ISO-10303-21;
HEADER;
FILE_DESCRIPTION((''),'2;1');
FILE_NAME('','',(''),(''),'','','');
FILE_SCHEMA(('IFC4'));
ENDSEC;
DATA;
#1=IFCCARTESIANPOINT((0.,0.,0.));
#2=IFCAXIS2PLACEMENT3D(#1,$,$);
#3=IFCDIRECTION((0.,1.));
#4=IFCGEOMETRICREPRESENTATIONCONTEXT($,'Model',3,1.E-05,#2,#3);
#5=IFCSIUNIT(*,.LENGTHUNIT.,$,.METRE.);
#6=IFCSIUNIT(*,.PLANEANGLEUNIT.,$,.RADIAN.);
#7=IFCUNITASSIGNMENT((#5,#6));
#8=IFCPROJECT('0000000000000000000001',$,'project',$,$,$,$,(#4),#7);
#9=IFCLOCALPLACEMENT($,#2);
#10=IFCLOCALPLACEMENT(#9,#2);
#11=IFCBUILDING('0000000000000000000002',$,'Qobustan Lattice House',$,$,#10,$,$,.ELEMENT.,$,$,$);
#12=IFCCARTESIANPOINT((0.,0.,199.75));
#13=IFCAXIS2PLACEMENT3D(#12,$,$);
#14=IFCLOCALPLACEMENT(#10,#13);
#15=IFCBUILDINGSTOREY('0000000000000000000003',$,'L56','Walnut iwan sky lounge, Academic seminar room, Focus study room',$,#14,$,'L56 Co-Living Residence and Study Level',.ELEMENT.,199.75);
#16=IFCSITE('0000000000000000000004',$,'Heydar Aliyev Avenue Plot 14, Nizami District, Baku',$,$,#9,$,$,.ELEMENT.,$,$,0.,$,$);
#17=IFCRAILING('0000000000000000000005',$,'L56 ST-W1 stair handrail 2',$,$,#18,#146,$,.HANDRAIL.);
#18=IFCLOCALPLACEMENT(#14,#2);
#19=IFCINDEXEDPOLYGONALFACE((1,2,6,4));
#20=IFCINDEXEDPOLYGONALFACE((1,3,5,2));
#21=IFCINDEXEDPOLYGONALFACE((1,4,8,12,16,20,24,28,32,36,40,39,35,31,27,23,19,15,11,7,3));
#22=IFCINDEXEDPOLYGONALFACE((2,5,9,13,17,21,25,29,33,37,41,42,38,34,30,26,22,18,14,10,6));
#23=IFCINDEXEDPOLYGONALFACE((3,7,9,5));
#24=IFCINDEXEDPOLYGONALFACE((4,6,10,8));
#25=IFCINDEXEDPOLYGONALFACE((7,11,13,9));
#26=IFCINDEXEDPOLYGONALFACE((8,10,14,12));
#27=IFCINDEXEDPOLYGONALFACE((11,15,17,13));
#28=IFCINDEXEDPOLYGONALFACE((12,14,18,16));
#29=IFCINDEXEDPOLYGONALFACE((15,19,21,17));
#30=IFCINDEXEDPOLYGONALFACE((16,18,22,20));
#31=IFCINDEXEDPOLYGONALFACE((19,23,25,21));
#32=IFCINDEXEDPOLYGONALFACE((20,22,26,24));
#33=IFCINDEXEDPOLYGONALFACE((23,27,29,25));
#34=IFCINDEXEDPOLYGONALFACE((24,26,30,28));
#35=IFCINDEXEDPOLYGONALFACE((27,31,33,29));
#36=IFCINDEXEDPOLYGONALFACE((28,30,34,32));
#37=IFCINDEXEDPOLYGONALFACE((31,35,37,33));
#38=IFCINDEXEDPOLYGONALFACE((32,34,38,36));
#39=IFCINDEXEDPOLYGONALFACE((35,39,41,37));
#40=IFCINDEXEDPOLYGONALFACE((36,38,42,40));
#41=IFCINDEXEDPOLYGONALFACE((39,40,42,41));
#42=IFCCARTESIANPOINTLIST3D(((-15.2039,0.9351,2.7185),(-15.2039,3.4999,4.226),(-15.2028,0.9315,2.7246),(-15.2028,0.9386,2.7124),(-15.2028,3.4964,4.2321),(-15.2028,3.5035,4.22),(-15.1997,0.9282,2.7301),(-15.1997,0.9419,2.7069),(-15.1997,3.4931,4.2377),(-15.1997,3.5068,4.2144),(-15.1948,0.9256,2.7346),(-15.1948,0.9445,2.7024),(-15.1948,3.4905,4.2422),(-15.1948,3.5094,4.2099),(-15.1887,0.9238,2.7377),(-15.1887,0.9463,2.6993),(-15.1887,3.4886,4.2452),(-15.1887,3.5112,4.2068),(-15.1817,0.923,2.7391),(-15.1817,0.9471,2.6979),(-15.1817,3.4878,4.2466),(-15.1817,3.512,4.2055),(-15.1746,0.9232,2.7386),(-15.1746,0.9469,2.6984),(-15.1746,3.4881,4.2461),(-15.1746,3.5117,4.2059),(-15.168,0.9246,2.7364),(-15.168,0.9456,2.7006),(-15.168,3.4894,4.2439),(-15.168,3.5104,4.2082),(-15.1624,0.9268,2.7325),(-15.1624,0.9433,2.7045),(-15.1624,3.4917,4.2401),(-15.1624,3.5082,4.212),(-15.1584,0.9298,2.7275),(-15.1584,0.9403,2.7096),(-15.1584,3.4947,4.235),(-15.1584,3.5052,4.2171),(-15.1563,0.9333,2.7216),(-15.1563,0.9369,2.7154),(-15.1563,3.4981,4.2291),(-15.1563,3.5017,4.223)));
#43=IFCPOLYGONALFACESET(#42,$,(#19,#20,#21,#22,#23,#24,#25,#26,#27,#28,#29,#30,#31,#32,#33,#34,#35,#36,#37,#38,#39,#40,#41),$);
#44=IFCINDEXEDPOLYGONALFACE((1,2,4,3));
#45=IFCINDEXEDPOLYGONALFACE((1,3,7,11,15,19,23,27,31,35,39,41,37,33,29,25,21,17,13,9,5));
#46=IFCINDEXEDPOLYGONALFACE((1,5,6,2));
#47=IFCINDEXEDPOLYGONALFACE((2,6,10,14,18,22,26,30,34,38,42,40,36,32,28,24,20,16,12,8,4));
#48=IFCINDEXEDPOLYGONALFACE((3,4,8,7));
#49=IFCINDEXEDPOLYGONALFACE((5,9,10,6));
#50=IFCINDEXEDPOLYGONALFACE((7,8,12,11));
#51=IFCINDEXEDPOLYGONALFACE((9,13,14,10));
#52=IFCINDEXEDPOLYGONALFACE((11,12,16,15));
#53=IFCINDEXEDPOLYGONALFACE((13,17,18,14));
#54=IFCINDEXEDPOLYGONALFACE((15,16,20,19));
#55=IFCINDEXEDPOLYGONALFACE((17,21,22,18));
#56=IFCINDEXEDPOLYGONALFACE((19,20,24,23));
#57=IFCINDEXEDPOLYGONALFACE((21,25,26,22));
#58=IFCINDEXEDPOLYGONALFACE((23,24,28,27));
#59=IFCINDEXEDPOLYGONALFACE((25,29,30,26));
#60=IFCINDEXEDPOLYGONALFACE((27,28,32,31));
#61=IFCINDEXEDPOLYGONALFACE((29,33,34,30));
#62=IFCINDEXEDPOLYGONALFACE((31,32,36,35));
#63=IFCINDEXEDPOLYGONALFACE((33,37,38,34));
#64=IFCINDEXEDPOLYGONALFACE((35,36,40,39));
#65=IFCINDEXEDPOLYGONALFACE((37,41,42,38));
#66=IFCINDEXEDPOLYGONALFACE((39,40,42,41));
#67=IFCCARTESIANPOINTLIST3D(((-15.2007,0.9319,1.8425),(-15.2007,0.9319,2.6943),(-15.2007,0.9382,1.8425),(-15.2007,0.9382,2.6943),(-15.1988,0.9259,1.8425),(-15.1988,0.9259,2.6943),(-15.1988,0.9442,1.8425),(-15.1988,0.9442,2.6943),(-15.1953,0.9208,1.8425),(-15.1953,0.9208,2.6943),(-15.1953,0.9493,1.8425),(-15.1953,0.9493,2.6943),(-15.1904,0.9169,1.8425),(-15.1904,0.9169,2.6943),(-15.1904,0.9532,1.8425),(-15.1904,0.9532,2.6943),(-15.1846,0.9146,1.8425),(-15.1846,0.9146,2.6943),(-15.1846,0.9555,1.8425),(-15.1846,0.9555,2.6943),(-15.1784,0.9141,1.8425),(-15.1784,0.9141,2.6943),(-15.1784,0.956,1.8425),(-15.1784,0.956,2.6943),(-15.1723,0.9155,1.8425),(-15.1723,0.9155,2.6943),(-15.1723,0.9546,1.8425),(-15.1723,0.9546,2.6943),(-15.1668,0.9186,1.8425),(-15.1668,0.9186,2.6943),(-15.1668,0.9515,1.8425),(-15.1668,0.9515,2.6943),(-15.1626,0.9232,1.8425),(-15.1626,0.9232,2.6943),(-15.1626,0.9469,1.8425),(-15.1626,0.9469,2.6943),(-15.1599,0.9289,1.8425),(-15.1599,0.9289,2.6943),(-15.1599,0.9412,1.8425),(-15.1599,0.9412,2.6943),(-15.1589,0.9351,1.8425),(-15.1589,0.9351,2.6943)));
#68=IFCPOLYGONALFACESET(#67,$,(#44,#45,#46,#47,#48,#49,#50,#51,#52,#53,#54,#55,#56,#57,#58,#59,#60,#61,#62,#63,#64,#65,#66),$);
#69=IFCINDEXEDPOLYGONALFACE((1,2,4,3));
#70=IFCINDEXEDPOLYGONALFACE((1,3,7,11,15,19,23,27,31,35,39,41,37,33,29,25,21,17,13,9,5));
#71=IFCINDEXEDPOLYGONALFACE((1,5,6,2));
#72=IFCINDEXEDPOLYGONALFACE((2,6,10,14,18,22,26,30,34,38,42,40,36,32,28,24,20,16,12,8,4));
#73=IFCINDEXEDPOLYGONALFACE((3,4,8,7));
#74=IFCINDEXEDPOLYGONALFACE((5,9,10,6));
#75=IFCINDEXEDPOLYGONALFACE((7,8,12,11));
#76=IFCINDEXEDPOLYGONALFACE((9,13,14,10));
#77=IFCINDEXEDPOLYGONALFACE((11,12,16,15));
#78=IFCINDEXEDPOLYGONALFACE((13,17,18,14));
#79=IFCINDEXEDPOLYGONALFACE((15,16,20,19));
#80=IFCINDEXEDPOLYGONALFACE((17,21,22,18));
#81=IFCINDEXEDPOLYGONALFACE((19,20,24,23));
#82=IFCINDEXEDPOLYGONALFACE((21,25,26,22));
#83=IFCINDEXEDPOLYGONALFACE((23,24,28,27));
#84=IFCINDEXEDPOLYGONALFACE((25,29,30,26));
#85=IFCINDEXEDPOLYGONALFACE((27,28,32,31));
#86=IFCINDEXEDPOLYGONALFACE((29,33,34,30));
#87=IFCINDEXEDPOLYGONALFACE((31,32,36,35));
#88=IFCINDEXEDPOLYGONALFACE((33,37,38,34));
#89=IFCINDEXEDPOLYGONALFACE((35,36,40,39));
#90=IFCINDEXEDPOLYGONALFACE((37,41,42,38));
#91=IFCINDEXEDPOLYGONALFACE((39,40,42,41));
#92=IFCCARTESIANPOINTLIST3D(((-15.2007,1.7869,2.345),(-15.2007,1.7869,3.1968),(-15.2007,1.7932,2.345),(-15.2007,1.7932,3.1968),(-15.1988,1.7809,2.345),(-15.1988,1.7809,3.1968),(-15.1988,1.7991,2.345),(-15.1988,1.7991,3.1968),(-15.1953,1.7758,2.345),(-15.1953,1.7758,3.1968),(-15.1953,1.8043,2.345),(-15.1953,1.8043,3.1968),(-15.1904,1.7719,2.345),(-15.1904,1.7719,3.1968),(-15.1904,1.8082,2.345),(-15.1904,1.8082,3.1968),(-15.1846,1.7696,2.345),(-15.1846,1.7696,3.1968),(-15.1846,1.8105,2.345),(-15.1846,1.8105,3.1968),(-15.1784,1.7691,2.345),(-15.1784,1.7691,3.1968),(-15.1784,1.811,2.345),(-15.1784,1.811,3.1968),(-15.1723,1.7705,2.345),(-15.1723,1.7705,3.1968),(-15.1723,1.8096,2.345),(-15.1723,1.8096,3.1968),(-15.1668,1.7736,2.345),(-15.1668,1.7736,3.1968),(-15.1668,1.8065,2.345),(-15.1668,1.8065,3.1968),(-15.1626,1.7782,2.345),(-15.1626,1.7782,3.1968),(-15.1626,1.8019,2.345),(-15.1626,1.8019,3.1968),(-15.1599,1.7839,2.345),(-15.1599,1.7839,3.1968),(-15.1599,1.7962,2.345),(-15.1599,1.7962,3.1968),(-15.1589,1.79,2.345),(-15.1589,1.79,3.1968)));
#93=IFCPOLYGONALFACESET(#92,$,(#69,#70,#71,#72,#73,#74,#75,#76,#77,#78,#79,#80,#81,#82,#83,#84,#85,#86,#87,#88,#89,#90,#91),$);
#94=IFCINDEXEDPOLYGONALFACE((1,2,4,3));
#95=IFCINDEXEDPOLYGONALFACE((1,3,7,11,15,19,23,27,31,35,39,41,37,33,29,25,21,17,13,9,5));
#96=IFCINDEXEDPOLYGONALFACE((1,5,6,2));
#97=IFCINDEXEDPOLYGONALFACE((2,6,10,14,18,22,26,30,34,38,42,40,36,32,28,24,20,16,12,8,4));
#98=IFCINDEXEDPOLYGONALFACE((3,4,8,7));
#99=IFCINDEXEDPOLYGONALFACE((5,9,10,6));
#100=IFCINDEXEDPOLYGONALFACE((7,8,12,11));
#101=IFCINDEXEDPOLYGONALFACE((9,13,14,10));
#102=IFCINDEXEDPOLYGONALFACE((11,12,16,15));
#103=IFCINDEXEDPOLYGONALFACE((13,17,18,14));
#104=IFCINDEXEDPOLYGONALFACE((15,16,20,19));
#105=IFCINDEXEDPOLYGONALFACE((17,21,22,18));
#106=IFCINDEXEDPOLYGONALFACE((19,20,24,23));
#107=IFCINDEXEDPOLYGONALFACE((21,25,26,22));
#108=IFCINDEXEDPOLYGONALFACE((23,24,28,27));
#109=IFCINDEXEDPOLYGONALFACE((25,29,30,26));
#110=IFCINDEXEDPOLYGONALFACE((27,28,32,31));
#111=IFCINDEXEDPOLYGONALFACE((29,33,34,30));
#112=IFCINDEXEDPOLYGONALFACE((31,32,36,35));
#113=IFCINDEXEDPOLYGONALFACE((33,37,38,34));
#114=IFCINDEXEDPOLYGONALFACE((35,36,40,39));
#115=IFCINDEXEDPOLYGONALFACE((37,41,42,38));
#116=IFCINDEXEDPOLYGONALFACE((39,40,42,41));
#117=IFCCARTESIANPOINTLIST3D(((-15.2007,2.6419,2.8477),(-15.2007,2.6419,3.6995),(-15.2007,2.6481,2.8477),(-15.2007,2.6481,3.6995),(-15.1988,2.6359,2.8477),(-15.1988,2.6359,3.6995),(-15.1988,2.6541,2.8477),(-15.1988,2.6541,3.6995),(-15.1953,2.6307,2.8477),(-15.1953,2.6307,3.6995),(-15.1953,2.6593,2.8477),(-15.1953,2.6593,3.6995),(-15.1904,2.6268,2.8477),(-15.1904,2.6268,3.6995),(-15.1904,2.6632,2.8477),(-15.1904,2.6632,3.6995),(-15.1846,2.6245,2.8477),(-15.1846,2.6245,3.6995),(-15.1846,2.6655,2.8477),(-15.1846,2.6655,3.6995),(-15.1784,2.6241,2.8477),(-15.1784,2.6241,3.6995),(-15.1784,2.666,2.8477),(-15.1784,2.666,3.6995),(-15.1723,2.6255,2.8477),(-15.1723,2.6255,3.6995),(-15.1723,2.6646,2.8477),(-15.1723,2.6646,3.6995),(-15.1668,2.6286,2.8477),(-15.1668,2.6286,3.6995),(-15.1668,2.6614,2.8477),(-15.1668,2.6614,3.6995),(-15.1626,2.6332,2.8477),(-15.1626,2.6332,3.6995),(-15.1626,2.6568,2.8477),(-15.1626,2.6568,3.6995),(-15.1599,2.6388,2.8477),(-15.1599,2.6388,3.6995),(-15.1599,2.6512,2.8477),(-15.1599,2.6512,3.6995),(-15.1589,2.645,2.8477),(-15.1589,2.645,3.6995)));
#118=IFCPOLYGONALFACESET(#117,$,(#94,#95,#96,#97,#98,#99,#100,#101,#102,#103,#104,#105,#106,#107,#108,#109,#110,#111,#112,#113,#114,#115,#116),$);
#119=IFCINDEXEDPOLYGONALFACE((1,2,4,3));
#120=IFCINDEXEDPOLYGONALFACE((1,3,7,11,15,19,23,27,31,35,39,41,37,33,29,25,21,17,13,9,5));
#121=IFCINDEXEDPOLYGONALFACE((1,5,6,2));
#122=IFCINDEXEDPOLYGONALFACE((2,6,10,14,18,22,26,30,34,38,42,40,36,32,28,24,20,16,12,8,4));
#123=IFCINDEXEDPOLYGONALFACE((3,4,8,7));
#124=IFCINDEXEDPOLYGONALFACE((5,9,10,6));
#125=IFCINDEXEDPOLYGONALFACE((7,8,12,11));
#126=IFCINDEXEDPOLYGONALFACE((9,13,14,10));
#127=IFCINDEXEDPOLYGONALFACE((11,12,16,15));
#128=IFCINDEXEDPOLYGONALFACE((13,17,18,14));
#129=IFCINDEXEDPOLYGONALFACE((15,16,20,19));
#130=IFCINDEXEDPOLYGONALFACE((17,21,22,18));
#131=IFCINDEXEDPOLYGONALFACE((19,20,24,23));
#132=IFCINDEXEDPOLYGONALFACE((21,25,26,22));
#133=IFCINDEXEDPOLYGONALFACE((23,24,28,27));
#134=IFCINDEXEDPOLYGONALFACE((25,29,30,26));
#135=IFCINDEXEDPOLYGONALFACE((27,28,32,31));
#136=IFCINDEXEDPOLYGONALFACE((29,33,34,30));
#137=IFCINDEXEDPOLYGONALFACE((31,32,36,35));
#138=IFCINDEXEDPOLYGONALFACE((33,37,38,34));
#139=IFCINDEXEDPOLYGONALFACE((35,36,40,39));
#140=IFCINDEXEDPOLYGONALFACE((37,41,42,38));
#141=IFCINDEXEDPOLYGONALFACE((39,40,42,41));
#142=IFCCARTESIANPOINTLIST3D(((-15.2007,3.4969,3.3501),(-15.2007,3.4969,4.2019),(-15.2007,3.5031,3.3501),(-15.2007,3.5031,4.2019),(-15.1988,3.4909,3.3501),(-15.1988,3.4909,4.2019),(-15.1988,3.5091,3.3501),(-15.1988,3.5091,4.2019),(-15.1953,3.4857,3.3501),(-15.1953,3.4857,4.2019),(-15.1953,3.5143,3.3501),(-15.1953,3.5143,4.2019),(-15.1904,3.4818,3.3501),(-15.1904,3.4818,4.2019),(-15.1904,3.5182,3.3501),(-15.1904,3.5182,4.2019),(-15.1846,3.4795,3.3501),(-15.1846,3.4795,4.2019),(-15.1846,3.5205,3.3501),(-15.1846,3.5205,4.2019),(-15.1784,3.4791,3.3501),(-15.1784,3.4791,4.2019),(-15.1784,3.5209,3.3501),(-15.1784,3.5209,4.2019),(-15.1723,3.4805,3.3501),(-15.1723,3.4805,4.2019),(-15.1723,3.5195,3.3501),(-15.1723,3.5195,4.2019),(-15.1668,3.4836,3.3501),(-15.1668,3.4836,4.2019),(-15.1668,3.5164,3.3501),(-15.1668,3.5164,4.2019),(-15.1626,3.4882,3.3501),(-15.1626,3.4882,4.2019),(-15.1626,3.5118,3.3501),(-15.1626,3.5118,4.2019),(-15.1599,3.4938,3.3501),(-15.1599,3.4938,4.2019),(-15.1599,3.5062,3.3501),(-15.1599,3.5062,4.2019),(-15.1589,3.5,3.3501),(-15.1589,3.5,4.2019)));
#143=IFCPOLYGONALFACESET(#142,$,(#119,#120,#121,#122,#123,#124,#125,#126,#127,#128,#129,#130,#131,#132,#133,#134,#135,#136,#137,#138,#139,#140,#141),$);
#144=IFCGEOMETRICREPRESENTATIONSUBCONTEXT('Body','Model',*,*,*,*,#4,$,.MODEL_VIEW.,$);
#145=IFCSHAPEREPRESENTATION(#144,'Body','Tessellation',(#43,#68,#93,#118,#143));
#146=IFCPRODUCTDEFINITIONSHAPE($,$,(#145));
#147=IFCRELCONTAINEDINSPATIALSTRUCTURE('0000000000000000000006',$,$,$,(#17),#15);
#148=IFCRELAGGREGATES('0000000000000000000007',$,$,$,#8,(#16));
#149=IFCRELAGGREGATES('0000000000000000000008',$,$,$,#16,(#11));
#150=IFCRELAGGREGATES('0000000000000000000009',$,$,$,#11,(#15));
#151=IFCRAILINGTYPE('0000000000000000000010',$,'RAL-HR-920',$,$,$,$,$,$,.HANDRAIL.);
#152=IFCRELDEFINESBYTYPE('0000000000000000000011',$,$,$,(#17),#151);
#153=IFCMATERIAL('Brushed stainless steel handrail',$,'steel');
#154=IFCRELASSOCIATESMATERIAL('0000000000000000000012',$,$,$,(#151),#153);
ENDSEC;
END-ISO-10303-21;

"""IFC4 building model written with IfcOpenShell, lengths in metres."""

from ifc_helpers import new_model, si_unit, direction, frame, origin, origin_2d, place, context, subcontext, project, spatial, circle, extrude, material, type_object, element, save


model = new_model("IFC4")

# Units and contexts
model_context = context("Model", 3, precision=1e-05, world=origin(), true_north=direction((0.0, 1.0)))
body_context = subcontext(model_context, "Body", "Model", "MODEL_VIEW")
ifc_project = project(units=[si_unit("LENGTHUNIT", "METRE"), si_unit("PLANEANGLEUNIT", "RADIAN")], contexts=[model_context])

# Site, building, storey
site_placement = place(None, origin())
site = spatial("IfcSite", under=ifc_project, at=site_placement, Name="Heydar Aliyev Avenue Plot 14, Nizami District, Baku", CompositionType="ELEMENT", RefElevation=0.0)
building_placement = place(site_placement, origin())
building = spatial("IfcBuilding", under=site, at=building_placement, Name="Qobustan Lattice House", CompositionType="ELEMENT")
storey_placement = place(building_placement, frame((0.0, 0.0, 199.75)))
storey = spatial("IfcBuildingStorey", under=building, at=storey_placement, Name="L56", Description="Walnut iwan sky lounge, Academic seminar room, Focus study room", LongName="L56 Co-Living Residence and Study Level", CompositionType="ELEMENT", Elevation=199.75)

# Railing
ifc_material_1 = material(Name="Brushed stainless steel handrail", Category="steel")
railing_type_1 = type_object("IfcRailingType", Name="RAL-HR-920", PredefinedType="HANDRAIL", material=ifc_material_1)
railing_1_placement = place(storey_placement, frame((-15.1799, 0.9351, 1.8425)))
element("IfcRailing", 1, at=railing_1_placement, inside=storey, type_object=railing_type_1, Name="L56 ST-W1 stair handrail 2", PredefinedType="HANDRAIL", context=body_context, shape_type="SweptSolid", body=[
    extrude(circle(Radius=0.0239, at=origin_2d()), frame((0.0, 0.0, 0.876), z_axis=(0.0, 0.862113, 0.506715), x_axis=(-1.0, 0.0, 0.0)), (0.0, 0.0, 1.0), 2.9751),
    extrude(circle(Radius=0.021, at=origin_2d()), origin(), (0.0, 0.0, 1.0), 0.8518),
    extrude(circle(Radius=0.021, at=origin_2d()), frame((0.0, 0.855, 0.5024)), (0.0, 0.0, 1.0), 0.8518),
    extrude(circle(Radius=0.021, at=origin_2d()), frame((0.0, 1.71, 1.0051)), (0.0, 0.0, 1.0), 0.8518),
    extrude(circle(Radius=0.021, at=origin_2d()), frame((0.0, 2.5649, 1.5076)), (0.0, 0.0, 1.0), 0.8518),
])

save(model, "model.ifc")
